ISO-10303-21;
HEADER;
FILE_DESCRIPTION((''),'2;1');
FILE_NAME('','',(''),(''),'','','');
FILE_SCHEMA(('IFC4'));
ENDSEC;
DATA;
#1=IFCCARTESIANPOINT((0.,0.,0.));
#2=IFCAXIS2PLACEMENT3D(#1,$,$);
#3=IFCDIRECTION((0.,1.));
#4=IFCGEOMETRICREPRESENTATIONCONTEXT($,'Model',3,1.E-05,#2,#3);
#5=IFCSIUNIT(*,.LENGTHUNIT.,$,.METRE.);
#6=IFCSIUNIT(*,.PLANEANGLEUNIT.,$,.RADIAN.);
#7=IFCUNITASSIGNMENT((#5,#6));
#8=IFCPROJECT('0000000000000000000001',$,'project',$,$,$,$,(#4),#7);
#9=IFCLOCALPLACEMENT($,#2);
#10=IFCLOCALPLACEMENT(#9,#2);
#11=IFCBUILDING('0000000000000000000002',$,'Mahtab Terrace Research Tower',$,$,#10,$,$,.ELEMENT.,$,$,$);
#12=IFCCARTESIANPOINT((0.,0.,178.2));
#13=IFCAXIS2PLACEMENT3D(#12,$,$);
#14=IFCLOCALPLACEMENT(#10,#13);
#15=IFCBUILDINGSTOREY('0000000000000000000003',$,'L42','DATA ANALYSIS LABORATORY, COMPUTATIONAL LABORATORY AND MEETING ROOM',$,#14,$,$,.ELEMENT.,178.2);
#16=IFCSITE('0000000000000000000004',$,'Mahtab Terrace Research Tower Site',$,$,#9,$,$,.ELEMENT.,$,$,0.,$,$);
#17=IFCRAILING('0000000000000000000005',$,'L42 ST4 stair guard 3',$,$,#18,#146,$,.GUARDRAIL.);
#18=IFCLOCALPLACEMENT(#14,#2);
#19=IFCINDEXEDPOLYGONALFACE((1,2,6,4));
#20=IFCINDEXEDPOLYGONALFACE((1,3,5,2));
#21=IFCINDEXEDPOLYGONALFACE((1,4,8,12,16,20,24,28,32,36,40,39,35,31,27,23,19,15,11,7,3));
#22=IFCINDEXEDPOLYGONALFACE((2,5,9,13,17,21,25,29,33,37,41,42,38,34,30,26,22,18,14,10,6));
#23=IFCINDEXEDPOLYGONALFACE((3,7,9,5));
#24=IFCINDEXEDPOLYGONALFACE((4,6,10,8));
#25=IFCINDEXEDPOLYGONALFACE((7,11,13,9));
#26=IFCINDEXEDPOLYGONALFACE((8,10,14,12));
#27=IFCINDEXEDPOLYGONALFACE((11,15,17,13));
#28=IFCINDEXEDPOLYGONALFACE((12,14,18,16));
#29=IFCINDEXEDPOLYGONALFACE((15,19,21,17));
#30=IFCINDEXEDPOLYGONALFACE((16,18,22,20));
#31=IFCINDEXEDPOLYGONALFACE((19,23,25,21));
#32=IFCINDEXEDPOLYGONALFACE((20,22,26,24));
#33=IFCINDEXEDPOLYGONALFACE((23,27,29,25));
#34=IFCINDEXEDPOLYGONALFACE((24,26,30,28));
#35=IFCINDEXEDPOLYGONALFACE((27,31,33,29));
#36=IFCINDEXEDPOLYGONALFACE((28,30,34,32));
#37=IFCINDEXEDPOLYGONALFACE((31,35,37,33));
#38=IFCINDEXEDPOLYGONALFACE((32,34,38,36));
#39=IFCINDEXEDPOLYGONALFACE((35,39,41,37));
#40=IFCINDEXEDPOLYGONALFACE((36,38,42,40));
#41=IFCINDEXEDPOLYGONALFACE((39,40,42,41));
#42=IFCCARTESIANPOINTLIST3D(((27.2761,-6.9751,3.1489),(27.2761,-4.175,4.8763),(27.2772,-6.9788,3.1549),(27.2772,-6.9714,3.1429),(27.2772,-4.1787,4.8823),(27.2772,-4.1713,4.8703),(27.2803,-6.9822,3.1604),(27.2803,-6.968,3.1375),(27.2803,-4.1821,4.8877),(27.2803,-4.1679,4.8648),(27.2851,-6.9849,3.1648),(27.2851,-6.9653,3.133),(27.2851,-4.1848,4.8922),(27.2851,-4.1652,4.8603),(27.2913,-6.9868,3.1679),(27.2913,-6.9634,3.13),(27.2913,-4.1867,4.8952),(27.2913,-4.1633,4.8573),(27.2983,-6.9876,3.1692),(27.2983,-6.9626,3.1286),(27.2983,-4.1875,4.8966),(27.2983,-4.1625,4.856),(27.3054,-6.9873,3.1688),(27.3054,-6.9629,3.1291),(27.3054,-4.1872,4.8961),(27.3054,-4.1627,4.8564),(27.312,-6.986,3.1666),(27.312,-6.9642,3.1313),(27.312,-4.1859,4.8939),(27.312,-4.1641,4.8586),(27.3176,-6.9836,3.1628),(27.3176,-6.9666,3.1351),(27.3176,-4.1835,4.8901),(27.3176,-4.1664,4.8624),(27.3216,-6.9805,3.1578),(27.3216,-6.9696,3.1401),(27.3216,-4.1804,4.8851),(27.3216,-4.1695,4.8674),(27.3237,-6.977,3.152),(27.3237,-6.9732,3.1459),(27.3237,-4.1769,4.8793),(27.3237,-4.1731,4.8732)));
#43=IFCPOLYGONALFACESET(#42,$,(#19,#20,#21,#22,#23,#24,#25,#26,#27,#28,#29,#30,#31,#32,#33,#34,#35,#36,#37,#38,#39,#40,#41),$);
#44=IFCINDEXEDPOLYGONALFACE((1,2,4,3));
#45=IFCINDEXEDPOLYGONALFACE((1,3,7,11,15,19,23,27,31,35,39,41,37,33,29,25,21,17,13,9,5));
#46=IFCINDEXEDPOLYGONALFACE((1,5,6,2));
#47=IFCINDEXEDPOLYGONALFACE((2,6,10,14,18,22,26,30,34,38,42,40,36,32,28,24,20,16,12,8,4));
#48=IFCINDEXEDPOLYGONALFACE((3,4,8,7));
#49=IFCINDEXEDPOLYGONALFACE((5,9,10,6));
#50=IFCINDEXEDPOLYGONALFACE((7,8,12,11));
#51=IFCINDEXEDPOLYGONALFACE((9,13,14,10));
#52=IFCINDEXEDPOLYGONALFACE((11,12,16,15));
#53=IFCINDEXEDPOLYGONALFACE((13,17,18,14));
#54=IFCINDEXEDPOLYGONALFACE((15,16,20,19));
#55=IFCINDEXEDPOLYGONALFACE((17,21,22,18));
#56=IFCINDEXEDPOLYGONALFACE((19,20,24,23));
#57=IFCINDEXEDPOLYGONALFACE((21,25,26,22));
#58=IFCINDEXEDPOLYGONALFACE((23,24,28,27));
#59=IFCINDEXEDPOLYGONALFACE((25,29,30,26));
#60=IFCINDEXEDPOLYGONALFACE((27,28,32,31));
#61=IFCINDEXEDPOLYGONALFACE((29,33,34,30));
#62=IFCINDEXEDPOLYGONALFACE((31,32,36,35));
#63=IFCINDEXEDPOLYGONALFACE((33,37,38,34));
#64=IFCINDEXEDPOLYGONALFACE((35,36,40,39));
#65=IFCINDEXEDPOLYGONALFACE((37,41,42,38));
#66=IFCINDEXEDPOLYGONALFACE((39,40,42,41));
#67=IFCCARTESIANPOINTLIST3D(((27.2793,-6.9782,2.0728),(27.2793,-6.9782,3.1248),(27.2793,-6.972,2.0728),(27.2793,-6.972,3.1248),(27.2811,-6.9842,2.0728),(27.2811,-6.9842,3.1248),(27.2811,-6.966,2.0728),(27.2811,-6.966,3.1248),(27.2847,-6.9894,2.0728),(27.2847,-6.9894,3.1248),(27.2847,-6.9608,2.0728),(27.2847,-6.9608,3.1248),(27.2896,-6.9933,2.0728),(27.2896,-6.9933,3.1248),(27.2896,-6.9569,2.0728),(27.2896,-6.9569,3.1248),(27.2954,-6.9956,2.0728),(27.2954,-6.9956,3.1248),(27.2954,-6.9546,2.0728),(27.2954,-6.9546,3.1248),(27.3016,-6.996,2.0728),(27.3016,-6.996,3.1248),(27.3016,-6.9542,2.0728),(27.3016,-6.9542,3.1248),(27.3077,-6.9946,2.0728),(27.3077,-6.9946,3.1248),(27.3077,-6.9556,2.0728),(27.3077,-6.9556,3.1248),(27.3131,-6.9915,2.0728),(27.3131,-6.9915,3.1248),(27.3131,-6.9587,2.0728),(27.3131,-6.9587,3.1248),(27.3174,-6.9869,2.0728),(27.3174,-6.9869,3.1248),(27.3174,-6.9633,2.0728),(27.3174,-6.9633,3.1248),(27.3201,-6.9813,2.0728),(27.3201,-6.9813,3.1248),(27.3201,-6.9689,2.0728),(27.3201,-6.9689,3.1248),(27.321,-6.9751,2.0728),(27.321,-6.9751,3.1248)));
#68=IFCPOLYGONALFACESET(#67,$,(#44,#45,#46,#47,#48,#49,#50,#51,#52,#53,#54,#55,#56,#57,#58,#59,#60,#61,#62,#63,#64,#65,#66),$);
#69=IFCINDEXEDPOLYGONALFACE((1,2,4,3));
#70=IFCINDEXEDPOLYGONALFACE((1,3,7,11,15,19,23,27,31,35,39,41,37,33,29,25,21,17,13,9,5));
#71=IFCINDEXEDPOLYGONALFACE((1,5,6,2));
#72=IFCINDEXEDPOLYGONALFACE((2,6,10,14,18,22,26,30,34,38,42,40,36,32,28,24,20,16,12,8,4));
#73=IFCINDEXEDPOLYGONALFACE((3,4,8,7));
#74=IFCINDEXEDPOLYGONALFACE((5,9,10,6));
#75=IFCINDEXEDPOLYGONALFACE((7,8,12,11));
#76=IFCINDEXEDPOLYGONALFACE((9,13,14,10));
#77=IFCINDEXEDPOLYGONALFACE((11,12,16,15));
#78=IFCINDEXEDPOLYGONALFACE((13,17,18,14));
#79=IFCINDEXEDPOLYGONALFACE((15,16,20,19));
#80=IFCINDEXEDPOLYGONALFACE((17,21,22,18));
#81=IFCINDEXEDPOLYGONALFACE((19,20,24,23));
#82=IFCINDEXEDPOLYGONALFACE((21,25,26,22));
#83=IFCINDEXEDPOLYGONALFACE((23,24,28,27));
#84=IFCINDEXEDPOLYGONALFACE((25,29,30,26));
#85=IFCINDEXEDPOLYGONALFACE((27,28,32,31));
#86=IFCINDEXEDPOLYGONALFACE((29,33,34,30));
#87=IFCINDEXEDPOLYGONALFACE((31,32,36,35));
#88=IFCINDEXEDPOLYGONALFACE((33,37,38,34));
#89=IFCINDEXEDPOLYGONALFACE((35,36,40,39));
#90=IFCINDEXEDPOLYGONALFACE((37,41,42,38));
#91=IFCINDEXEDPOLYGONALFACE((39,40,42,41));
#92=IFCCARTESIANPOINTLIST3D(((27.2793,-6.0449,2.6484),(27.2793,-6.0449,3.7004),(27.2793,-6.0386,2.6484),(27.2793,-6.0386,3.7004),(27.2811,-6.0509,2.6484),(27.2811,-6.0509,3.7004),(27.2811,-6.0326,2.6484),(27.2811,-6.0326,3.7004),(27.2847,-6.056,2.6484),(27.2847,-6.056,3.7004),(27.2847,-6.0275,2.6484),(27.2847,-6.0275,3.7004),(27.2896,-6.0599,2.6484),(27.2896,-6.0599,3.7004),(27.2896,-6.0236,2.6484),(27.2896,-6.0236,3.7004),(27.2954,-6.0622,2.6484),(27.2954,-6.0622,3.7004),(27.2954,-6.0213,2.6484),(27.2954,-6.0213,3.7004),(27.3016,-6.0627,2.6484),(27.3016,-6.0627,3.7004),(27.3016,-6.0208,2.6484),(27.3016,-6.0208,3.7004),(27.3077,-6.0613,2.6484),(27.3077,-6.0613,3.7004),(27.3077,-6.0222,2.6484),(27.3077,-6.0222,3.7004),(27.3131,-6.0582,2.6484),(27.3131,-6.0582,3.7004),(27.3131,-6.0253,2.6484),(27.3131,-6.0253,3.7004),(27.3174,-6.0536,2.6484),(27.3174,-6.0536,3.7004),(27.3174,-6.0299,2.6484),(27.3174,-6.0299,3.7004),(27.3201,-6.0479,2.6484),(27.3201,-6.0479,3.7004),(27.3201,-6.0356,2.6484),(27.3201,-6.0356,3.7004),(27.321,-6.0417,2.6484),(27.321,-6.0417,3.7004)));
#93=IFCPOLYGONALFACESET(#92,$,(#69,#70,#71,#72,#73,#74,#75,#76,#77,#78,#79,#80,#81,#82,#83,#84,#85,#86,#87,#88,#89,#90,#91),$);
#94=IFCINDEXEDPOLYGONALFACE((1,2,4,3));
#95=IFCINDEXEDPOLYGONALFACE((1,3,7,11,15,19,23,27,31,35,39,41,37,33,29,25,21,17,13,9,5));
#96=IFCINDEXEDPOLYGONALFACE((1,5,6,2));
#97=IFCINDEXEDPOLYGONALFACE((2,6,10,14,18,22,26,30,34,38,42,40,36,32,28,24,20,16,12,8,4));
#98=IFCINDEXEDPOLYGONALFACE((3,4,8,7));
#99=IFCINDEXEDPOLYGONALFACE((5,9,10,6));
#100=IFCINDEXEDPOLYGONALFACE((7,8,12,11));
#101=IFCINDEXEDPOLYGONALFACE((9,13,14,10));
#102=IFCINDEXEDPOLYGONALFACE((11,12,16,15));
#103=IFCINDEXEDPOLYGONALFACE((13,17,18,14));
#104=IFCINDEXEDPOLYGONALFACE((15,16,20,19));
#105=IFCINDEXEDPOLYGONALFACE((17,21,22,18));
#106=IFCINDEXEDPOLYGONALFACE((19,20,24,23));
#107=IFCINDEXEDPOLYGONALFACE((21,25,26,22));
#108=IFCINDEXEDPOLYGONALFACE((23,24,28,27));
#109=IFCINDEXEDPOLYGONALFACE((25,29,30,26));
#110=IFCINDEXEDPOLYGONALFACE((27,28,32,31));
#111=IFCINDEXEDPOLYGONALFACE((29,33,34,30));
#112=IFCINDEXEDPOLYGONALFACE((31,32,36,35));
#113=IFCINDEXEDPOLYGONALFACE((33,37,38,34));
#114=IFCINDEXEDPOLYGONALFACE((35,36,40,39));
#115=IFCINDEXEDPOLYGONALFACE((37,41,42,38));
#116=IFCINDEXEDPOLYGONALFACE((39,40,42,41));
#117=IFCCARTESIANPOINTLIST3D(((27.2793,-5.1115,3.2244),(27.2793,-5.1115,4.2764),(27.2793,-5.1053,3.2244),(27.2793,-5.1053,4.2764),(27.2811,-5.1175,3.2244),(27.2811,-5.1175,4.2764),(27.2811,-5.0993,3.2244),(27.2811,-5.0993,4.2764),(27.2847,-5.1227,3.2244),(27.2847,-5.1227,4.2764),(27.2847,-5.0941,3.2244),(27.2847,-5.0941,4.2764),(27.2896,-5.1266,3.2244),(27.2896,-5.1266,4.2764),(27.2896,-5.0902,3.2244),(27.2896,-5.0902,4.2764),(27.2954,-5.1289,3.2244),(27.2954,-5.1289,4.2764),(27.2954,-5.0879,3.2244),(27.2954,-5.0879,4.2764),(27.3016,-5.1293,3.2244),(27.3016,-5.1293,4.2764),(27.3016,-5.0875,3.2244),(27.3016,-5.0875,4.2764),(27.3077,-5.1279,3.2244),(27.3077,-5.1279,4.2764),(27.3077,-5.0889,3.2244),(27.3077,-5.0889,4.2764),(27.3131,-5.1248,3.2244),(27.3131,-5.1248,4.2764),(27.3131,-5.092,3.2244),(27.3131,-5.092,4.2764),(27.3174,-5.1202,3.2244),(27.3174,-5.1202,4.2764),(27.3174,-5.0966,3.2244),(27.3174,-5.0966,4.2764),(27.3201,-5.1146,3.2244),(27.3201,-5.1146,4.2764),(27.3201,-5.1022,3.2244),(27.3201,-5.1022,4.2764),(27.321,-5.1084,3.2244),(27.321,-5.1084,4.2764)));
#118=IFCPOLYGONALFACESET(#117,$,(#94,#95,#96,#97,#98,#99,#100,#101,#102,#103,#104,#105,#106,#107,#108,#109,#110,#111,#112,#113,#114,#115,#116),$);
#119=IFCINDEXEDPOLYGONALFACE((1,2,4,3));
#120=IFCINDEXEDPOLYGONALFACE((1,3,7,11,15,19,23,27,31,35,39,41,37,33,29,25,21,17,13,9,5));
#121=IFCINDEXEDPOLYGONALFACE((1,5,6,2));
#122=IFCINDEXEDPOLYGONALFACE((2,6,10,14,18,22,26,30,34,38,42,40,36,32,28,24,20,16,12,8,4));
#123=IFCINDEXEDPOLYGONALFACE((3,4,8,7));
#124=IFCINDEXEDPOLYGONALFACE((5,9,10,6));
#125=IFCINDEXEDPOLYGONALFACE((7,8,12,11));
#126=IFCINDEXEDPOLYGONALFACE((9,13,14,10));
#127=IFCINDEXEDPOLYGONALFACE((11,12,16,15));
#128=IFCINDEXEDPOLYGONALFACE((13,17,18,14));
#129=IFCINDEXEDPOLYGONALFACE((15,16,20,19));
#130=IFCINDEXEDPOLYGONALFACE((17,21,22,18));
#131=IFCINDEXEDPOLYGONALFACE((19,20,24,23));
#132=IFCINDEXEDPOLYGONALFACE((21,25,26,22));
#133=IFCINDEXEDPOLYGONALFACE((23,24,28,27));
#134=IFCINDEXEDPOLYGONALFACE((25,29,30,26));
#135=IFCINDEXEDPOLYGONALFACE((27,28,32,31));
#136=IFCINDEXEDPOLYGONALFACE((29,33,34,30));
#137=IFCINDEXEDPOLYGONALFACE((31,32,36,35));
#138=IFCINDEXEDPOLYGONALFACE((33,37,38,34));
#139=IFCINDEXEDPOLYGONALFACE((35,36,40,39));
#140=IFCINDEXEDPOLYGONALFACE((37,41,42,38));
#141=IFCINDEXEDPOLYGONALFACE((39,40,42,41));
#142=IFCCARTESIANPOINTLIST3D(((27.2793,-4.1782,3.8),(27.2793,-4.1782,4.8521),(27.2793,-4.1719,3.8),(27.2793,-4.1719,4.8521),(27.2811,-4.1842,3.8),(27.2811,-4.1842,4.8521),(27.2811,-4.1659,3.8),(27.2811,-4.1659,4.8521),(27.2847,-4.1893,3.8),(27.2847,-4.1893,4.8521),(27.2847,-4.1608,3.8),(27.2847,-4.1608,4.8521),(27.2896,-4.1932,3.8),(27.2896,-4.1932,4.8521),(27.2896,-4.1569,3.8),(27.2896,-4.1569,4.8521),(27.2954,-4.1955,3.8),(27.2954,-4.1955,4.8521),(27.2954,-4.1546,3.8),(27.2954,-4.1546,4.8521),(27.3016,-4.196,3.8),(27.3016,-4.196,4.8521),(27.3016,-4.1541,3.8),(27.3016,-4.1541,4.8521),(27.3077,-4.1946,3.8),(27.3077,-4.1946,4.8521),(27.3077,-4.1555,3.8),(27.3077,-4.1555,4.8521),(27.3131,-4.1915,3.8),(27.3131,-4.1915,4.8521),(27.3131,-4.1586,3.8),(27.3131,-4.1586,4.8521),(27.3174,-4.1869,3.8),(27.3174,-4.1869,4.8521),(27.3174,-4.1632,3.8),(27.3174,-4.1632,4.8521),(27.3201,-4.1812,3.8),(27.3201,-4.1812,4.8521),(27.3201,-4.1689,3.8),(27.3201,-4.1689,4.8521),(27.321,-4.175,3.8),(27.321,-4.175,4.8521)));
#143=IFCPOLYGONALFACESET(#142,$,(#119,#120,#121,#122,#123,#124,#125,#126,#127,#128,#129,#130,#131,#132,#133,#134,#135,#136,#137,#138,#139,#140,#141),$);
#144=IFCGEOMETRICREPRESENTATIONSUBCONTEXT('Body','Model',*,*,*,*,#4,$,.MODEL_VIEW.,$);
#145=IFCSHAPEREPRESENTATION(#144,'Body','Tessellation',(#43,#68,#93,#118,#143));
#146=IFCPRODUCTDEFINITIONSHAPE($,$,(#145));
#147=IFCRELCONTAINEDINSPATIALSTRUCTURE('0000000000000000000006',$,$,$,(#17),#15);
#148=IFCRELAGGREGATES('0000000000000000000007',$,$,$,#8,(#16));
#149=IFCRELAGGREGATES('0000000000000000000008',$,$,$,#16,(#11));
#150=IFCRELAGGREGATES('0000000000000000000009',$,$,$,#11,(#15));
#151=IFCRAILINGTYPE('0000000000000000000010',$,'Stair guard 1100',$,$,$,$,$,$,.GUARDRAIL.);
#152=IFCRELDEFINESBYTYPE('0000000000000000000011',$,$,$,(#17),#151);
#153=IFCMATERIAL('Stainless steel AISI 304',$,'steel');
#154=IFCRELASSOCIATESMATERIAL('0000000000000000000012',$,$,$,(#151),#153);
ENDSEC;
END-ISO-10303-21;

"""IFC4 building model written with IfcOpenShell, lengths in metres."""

from ifc_helpers import new_model, si_unit, direction, frame, origin, origin_2d, place, context, subcontext, project, spatial, circle, extrude, material, type_object, element, save


model = new_model("IFC4")

# Units and contexts
model_context = context("Model", 3, precision=1e-05, world=origin(), true_north=direction((0.0, 1.0)))
body_context = subcontext(model_context, "Body", "Model", "MODEL_VIEW")
ifc_project = project(units=[si_unit("LENGTHUNIT", "METRE"), si_unit("PLANEANGLEUNIT", "RADIAN")], contexts=[model_context])

# Site, building, storey
site_placement = place(None, origin())
site = spatial("IfcSite", under=ifc_project, at=site_placement, Name="Mahtab Terrace Research Tower Site", CompositionType="ELEMENT", RefElevation=0.0)
building_placement = place(site_placement, origin())
building = spatial("IfcBuilding", under=site, at=building_placement, Name="Mahtab Terrace Research Tower", CompositionType="ELEMENT")
storey_placement = place(building_placement, frame((0.0, 0.0, 178.2)))
storey = spatial("IfcBuildingStorey", under=building, at=storey_placement, Name="L42", Description="DATA ANALYSIS LABORATORY, COMPUTATIONAL LABORATORY AND MEETING ROOM", CompositionType="ELEMENT", Elevation=178.2)

# Railing
ifc_material_1 = material(Name="Stainless steel AISI 304", Category="steel")
railing_type_1 = type_object("IfcRailingType", Name="Stair guard 1100", PredefinedType="GUARDRAIL", material=ifc_material_1)
railing_1_placement = place(storey_placement, frame((27.3, -6.9751, 2.0728)))
element("IfcRailing", 1, at=railing_1_placement, inside=storey, type_object=railing_type_1, Name="L42 ST4 stair guard 3", PredefinedType="GUARDRAIL", context=body_context, shape_type="SweptSolid", body=[
    extrude(circle(Radius=0.0239, at=origin_2d()), frame((0.0, 0.0, 1.0762), z_axis=(0.0, 0.85109, 0.52502), x_axis=(-1.0, 0.0, 0.0)), (0.0, 0.0, 1.0), 3.29),
    extrude(circle(Radius=0.021, at=origin_2d()), origin(), (0.0, 0.0, 1.0), 1.052),
    extrude(circle(Radius=0.021, at=origin_2d()), frame((0.0, 0.9333, 0.5757)), (0.0, 0.0, 1.0), 1.052),
    extrude(circle(Radius=0.021, at=origin_2d()), frame((0.0, 1.8667, 1.1516)), (0.0, 0.0, 1.0), 1.052),
    extrude(circle(Radius=0.021, at=origin_2d()), frame((0.0, 2.8, 1.7273)), (0.0, 0.0, 1.0), 1.052),
])

save(model, "model.ifc")
